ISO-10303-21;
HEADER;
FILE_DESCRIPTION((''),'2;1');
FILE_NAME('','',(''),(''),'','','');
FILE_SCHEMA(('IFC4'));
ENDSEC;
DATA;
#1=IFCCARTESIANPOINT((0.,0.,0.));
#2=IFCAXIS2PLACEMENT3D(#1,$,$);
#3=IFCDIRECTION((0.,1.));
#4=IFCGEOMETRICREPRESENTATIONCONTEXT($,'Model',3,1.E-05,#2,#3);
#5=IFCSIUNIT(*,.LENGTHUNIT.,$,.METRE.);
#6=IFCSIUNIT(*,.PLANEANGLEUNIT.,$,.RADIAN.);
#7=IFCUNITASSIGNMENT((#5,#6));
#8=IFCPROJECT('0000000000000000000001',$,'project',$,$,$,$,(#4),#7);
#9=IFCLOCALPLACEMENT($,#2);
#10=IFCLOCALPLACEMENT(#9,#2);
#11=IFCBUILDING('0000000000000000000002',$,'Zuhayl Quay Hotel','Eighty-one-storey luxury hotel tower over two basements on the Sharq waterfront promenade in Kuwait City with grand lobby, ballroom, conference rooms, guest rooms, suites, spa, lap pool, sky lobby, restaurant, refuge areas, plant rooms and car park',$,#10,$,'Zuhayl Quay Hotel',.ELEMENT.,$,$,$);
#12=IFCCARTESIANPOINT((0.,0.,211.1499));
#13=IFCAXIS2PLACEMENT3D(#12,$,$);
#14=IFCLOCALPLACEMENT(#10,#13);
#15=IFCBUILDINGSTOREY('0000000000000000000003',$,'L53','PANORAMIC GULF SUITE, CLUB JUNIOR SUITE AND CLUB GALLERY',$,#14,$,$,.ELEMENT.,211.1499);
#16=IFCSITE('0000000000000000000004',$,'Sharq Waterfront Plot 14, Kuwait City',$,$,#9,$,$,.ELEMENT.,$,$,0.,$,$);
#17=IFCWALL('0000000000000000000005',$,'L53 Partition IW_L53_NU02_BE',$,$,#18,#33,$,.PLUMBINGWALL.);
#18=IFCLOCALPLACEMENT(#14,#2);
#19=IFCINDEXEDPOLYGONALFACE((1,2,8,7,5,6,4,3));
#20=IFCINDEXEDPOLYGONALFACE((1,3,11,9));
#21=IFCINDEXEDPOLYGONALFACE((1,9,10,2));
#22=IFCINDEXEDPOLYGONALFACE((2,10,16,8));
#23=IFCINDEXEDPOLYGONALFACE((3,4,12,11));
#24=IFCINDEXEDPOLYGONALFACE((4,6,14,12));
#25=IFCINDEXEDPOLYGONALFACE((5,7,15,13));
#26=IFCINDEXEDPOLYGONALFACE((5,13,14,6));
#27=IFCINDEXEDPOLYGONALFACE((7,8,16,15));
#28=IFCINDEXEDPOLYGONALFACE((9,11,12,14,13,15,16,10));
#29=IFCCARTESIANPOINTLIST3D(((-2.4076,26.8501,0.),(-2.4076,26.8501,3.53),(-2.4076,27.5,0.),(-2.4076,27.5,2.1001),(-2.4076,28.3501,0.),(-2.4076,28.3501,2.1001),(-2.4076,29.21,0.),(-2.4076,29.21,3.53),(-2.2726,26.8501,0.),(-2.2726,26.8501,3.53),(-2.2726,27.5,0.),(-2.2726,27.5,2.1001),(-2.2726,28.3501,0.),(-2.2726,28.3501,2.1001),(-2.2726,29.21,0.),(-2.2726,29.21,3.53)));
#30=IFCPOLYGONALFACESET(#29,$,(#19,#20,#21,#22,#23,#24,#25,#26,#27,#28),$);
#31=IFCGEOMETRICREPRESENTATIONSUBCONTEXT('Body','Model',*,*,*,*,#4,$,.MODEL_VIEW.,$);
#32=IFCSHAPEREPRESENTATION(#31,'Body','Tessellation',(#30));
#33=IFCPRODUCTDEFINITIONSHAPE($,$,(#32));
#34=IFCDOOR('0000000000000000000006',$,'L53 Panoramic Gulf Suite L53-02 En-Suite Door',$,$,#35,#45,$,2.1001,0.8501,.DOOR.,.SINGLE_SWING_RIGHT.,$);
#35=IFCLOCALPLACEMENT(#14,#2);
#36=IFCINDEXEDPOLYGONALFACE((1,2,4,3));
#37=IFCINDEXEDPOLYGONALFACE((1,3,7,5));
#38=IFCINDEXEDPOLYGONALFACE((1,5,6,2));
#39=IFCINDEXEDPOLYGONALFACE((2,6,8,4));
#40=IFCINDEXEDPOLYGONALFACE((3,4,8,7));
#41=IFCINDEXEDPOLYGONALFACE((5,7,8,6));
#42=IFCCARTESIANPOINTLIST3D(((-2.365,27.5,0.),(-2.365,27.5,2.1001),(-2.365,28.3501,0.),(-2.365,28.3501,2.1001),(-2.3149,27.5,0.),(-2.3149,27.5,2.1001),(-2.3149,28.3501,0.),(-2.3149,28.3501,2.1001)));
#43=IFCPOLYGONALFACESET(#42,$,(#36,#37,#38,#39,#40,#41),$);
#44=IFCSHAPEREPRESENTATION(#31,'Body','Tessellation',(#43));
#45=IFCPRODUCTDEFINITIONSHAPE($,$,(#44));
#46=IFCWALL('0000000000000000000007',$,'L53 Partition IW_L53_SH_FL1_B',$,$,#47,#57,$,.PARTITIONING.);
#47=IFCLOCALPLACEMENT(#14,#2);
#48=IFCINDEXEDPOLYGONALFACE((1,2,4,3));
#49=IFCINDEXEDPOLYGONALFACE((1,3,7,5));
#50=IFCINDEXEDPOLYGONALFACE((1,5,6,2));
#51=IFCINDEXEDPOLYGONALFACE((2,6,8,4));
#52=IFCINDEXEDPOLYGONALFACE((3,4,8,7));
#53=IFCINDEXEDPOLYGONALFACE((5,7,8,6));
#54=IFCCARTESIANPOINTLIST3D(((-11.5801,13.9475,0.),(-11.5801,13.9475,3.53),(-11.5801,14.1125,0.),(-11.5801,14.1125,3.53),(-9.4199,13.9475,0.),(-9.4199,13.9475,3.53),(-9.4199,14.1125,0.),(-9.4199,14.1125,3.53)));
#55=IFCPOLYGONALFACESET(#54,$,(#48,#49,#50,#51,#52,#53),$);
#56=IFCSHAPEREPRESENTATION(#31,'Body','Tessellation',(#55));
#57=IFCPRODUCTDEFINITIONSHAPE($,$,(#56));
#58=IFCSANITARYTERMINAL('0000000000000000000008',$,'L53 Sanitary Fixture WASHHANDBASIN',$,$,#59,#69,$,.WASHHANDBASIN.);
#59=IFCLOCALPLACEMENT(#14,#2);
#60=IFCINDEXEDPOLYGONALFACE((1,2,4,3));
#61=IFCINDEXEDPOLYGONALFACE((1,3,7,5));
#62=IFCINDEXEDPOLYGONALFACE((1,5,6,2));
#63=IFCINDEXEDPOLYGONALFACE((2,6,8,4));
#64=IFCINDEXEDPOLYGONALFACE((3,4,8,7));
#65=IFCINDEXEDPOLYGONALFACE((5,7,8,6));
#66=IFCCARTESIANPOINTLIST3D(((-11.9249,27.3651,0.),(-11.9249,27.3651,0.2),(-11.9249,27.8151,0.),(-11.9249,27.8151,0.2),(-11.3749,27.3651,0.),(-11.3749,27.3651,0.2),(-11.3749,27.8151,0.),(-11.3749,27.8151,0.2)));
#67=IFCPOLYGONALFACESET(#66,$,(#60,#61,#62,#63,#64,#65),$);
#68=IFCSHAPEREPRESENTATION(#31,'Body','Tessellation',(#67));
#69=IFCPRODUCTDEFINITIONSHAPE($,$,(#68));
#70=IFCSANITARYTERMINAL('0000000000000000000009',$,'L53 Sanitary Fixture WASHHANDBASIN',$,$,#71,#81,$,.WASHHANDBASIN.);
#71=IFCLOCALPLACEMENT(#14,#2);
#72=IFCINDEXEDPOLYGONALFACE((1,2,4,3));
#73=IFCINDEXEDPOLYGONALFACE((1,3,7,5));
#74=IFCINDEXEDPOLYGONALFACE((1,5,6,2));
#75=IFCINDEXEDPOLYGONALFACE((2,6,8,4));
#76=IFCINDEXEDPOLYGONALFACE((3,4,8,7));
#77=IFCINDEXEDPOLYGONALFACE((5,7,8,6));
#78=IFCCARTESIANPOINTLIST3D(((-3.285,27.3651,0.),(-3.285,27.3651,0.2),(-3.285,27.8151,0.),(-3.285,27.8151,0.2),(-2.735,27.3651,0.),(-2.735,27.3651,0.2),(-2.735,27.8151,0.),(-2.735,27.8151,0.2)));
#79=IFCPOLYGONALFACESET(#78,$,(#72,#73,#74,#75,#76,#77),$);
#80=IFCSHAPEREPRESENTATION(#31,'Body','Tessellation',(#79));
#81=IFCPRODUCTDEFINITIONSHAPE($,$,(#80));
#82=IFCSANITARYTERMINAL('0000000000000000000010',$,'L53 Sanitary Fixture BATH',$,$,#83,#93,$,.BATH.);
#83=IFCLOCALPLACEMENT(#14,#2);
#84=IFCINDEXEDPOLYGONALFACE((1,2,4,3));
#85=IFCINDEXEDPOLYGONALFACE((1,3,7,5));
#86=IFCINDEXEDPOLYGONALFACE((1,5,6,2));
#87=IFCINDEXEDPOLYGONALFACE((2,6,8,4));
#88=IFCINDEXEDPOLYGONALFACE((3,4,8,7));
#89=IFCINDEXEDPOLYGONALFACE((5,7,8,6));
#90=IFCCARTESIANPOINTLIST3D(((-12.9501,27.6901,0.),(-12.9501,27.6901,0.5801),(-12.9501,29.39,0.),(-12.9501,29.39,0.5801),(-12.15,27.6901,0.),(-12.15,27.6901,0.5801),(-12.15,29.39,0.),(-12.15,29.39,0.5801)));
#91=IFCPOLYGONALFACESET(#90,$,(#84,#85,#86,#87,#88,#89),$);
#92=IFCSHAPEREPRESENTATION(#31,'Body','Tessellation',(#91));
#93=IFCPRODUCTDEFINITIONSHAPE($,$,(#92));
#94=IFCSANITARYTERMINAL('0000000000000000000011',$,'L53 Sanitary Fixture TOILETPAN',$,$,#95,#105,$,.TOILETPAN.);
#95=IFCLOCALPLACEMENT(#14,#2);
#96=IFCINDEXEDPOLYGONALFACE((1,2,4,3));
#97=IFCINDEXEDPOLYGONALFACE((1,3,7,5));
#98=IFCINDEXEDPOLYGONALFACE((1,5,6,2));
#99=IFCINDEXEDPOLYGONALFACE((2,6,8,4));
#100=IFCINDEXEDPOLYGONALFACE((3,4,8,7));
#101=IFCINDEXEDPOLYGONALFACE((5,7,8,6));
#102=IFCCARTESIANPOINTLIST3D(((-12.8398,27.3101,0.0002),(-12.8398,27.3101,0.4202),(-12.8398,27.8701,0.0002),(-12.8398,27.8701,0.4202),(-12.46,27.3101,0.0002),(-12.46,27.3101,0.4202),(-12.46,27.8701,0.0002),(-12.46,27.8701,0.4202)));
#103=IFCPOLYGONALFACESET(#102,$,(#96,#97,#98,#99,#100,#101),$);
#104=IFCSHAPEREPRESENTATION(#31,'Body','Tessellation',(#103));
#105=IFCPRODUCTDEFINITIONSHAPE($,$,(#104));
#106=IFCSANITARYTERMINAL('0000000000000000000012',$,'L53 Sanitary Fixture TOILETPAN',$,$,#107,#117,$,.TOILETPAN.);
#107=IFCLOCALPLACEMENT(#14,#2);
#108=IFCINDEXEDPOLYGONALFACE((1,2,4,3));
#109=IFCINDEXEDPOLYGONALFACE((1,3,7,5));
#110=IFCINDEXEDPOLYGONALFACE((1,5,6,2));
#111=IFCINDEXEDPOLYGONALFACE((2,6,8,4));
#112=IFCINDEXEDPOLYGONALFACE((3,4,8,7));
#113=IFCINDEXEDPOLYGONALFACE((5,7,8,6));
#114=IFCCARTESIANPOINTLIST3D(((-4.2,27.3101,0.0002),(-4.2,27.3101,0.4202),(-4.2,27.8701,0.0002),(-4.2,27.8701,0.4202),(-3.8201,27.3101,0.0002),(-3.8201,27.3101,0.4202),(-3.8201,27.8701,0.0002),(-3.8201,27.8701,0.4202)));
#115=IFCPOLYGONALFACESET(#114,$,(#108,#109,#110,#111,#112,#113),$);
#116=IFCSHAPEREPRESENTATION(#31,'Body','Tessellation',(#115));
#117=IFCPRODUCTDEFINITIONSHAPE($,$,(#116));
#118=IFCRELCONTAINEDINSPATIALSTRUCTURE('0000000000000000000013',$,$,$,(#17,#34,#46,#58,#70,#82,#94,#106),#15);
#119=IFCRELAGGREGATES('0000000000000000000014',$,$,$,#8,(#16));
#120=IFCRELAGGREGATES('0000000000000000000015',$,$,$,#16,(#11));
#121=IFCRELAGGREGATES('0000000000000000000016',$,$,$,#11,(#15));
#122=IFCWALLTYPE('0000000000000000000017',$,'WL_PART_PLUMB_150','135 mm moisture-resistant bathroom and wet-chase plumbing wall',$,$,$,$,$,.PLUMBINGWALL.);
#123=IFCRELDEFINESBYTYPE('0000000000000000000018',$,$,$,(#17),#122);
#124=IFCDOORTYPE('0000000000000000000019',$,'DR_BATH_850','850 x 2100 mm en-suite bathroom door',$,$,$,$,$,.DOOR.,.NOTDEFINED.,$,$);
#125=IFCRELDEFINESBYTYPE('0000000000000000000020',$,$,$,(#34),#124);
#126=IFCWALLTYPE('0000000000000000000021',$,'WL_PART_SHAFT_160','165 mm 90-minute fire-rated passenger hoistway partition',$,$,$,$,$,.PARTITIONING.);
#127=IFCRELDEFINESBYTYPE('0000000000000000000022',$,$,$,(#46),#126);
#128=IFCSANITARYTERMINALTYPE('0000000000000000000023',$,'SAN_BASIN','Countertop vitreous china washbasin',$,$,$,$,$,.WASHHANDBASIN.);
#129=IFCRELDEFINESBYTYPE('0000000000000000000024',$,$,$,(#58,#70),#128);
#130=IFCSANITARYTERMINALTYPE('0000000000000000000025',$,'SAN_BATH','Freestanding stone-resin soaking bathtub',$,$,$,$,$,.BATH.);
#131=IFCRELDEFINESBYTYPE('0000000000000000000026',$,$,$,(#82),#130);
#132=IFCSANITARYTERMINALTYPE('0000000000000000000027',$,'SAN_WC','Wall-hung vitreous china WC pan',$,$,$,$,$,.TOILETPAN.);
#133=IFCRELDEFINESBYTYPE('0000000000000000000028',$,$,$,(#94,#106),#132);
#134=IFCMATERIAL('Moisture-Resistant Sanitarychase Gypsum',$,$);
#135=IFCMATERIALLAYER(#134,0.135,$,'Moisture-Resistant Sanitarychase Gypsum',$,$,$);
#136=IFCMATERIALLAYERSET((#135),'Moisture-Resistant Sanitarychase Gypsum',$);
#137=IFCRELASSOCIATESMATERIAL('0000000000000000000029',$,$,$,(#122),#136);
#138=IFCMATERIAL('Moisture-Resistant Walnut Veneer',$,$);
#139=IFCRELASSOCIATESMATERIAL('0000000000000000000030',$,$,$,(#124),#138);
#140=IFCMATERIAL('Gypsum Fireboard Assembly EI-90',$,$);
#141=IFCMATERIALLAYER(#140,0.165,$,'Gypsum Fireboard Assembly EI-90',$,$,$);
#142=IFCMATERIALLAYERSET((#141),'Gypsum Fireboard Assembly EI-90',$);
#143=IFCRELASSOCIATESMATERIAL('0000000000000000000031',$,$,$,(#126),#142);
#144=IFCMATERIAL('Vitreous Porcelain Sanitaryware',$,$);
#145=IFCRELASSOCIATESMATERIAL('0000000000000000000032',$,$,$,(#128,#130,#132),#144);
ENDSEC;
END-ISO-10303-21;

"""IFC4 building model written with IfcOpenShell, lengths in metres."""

from ifc_helpers import new_model, si_unit, direction, frame, frame_2d, origin, origin_2d, place, context, subcontext, project, spatial, rectangle, extrude, material, layer, layer_set, type_object, element, fill, save


model = new_model("IFC4")

# Units and contexts
model_context = context("Model", 3, precision=1e-05, world=origin(), true_north=direction((0.0, 1.0)))
body_context = subcontext(model_context, "Body", "Model", "MODEL_VIEW")
ifc_project = project(units=[si_unit("LENGTHUNIT", "METRE"), si_unit("PLANEANGLEUNIT", "RADIAN")], contexts=[model_context])

# Site, building, storey
site_placement = place(None, origin())
site = spatial("IfcSite", under=ifc_project, at=site_placement, Name="Sharq Waterfront Plot 14, Kuwait City", CompositionType="ELEMENT", RefElevation=0.0)
building_placement = place(site_placement, origin())
building = spatial("IfcBuilding", under=site, at=building_placement, Name="Zuhayl Quay Hotel", Description="Eighty-one-storey luxury hotel tower over two basements on the Sharq waterfront promenade in Kuwait City with grand lobby, ballroom, conference rooms, guest rooms, suites, spa, lap pool, sky lobby, restaurant, refuge areas, plant rooms and car park", LongName="Zuhayl Quay Hotel", CompositionType="ELEMENT")
storey_placement = place(building_placement, frame((0.0, 0.0, 211.1499)))
storey = spatial("IfcBuildingStorey", under=building, at=storey_placement, Name="L53", Description="PANORAMIC GULF SUITE, CLUB JUNIOR SUITE AND CLUB GALLERY", CompositionType="ELEMENT", Elevation=211.1499)

# Wall, opening, door
ifc_material_1 = material(Name="Moisture-Resistant Sanitarychase Gypsum")
ifc_layer_1 = layer(ifc_material_1, 0.135, Name="Moisture-Resistant Sanitarychase Gypsum")
ifc_layer_set_1 = layer_set([ifc_layer_1], Name="Moisture-Resistant Sanitarychase Gypsum")
wall_type_1 = type_object("IfcWallType", Name="WL_PART_PLUMB_150", Description="135 mm moisture-resistant bathroom and wet-chase plumbing wall", PredefinedType="PLUMBINGWALL", material=ifc_layer_set_1)
ifc_material_2 = material(Name="Moisture-Resistant Walnut Veneer")
door_type_1 = type_object("IfcDoorType", Name="DR_BATH_850", Description="850 x 2100 mm en-suite bathroom door", OperationType="NOTDEFINED", PredefinedType="DOOR", material=ifc_material_2)
wall_1_placement = place(storey_placement, frame((-2.3401, 26.8501, 0.0), z_axis=(0.0, 0.0, 1.0), x_axis=(0.0, 1.0, 0.0)))
wall_1 = element("IfcWall", 1, at=wall_1_placement, inside=storey, type_object=wall_type_1, Name="L53 Partition IW_L53_NU02_BE", PredefinedType="PLUMBINGWALL", context=body_context, shape_type="SweptSolid", body=[
    extrude(rectangle(XDim=2.3599, YDim=0.135, at=frame_2d((1.1799, 0.0))), origin(), (0.0, 0.0, 1.0), 3.53),
])
opening_1_placement = place(wall_1_placement, frame((0.6499, 0.0, 0.0)))
opening_1 = element("IfcOpeningElement", 2, at=opening_1_placement, cuts=wall_1, PredefinedType="OPENING", context=body_context, shape_type="SweptSolid", body=[
    extrude(rectangle(XDim=0.8501, YDim=2.1001, at=frame_2d((0.425, 1.05))), frame((0.0, 0.0774, 0.0), z_axis=(0.0, -1.0, 0.0), x_axis=(1.0, 0.0, 0.0)), (0.0, 0.0, 1.0), 0.155),
])
door_1_placement = place(opening_1_placement, origin())
door_1 = element("IfcDoor", 3, at=door_1_placement, inside=storey, type_object=door_type_1, Name="L53 Panoramic Gulf Suite L53-02 En-Suite Door", OperationType="SINGLE_SWING_RIGHT", OverallHeight=2.1001, OverallWidth=0.8501, PredefinedType="DOOR", context=body_context, shape_type="SweptSolid", body=[
    extrude(rectangle(XDim=0.8501, YDim=2.1001, at=frame_2d((0.425, 1.05))), frame((0.0, 0.0249, 0.0), z_axis=(0.0, -1.0, 0.0), x_axis=(1.0, 0.0, 0.0)), (0.0, 0.0, 1.0), 0.05),
])
fill(opening_1, door_1)

# Wall
ifc_material_3 = material(Name="Gypsum Fireboard Assembly EI-90")
ifc_layer_2 = layer(ifc_material_3, 0.165, Name="Gypsum Fireboard Assembly EI-90")
ifc_layer_set_2 = layer_set([ifc_layer_2], Name="Gypsum Fireboard Assembly EI-90")
wall_type_2 = type_object("IfcWallType", Name="WL_PART_SHAFT_160", Description="165 mm 90-minute fire-rated passenger hoistway partition", PredefinedType="PARTITIONING", material=ifc_layer_set_2)
wall_2_placement = place(storey_placement, frame((-11.5801, 14.03, 0.0), z_axis=(0.0, 0.0, 1.0), x_axis=(1.0, 0.0, 0.0)))
element("IfcWall", 4, at=wall_2_placement, inside=storey, type_object=wall_type_2, Name="L53 Partition IW_L53_SH_FL1_B", PredefinedType="PARTITIONING", context=body_context, shape_type="SweptSolid", body=[
    extrude(rectangle(XDim=2.1602, YDim=0.165, at=frame_2d((1.0801, 0.0))), origin(), (0.0, 0.0, 1.0), 3.53),
])

# Sanitary terminals
ifc_material_4 = material(Name="Vitreous Porcelain Sanitaryware")
sanitary_terminal_type_1 = type_object("IfcSanitaryTerminalType", Name="SAN_BASIN", Description="Countertop vitreous china washbasin", PredefinedType="WASHHANDBASIN", material=ifc_material_4)
for number, where, z_axis, x_axis, name in (
    (5, (-11.6499, 27.5901, 0.0), (0.0, 0.0, 1.0), (1.0, 0.0, 0.0), "L53 Sanitary Fixture WASHHANDBASIN"),
    (6, (-3.01, 27.5901, 0.0), (0.0, 0.0, 1.0), (1.0, 0.0, 0.0), "L53 Sanitary Fixture WASHHANDBASIN"),
):
    element("IfcSanitaryTerminal", number, at=place(storey_placement, frame(where, z_axis=z_axis, x_axis=x_axis)), inside=storey, type_object=sanitary_terminal_type_1, Name=name, PredefinedType="WASHHANDBASIN", context=body_context, shape_type="SweptSolid", body=[
        extrude(rectangle(XDim=0.55, YDim=0.45, at=origin_2d()), origin(), (0.0, 0.0, 1.0), 0.2),
    ])
sanitary_terminal_type_2 = type_object("IfcSanitaryTerminalType", Name="SAN_BATH", Description="Freestanding stone-resin soaking bathtub", PredefinedType="BATH", material=ifc_material_4)
sanitary_terminal_placement = place(storey_placement, frame((-12.55, 28.54, 0.0), z_axis=(0.0, 0.0, 1.0), x_axis=(1.0, 0.0, 0.0)))
element("IfcSanitaryTerminal", 7, at=sanitary_terminal_placement, inside=storey, type_object=sanitary_terminal_type_2, Name="L53 Sanitary Fixture BATH", PredefinedType="BATH", context=body_context, shape_type="SweptSolid", body=[
    extrude(rectangle(XDim=0.8, YDim=1.7, at=origin_2d()), origin(), (0.0, 0.0, 1.0), 0.5801),
])
sanitary_terminal_type_3 = type_object("IfcSanitaryTerminalType", Name="SAN_WC", Description="Wall-hung vitreous china WC pan", PredefinedType="TOILETPAN", material=ifc_material_4)
for number, where, z_axis, x_axis, name in (
    (8, (-12.6499, 27.5901, 0.0002), (0.0, 0.0, 1.0), (1.0, 0.0, 0.0), "L53 Sanitary Fixture TOILETPAN"),
    (9, (-4.01, 27.5901, 0.0002), (0.0, 0.0, 1.0), (1.0, 0.0, 0.0), "L53 Sanitary Fixture TOILETPAN"),
):
    element("IfcSanitaryTerminal", number, at=place(storey_placement, frame(where, z_axis=z_axis, x_axis=x_axis)), inside=storey, type_object=sanitary_terminal_type_3, Name=name, PredefinedType="TOILETPAN", context=body_context, shape_type="SweptSolid", body=[
        extrude(rectangle(XDim=0.3799, YDim=0.5601, at=origin_2d()), origin(), (0.0, 0.0, 1.0), 0.4199),
    ])

save(model, "model.ifc")
